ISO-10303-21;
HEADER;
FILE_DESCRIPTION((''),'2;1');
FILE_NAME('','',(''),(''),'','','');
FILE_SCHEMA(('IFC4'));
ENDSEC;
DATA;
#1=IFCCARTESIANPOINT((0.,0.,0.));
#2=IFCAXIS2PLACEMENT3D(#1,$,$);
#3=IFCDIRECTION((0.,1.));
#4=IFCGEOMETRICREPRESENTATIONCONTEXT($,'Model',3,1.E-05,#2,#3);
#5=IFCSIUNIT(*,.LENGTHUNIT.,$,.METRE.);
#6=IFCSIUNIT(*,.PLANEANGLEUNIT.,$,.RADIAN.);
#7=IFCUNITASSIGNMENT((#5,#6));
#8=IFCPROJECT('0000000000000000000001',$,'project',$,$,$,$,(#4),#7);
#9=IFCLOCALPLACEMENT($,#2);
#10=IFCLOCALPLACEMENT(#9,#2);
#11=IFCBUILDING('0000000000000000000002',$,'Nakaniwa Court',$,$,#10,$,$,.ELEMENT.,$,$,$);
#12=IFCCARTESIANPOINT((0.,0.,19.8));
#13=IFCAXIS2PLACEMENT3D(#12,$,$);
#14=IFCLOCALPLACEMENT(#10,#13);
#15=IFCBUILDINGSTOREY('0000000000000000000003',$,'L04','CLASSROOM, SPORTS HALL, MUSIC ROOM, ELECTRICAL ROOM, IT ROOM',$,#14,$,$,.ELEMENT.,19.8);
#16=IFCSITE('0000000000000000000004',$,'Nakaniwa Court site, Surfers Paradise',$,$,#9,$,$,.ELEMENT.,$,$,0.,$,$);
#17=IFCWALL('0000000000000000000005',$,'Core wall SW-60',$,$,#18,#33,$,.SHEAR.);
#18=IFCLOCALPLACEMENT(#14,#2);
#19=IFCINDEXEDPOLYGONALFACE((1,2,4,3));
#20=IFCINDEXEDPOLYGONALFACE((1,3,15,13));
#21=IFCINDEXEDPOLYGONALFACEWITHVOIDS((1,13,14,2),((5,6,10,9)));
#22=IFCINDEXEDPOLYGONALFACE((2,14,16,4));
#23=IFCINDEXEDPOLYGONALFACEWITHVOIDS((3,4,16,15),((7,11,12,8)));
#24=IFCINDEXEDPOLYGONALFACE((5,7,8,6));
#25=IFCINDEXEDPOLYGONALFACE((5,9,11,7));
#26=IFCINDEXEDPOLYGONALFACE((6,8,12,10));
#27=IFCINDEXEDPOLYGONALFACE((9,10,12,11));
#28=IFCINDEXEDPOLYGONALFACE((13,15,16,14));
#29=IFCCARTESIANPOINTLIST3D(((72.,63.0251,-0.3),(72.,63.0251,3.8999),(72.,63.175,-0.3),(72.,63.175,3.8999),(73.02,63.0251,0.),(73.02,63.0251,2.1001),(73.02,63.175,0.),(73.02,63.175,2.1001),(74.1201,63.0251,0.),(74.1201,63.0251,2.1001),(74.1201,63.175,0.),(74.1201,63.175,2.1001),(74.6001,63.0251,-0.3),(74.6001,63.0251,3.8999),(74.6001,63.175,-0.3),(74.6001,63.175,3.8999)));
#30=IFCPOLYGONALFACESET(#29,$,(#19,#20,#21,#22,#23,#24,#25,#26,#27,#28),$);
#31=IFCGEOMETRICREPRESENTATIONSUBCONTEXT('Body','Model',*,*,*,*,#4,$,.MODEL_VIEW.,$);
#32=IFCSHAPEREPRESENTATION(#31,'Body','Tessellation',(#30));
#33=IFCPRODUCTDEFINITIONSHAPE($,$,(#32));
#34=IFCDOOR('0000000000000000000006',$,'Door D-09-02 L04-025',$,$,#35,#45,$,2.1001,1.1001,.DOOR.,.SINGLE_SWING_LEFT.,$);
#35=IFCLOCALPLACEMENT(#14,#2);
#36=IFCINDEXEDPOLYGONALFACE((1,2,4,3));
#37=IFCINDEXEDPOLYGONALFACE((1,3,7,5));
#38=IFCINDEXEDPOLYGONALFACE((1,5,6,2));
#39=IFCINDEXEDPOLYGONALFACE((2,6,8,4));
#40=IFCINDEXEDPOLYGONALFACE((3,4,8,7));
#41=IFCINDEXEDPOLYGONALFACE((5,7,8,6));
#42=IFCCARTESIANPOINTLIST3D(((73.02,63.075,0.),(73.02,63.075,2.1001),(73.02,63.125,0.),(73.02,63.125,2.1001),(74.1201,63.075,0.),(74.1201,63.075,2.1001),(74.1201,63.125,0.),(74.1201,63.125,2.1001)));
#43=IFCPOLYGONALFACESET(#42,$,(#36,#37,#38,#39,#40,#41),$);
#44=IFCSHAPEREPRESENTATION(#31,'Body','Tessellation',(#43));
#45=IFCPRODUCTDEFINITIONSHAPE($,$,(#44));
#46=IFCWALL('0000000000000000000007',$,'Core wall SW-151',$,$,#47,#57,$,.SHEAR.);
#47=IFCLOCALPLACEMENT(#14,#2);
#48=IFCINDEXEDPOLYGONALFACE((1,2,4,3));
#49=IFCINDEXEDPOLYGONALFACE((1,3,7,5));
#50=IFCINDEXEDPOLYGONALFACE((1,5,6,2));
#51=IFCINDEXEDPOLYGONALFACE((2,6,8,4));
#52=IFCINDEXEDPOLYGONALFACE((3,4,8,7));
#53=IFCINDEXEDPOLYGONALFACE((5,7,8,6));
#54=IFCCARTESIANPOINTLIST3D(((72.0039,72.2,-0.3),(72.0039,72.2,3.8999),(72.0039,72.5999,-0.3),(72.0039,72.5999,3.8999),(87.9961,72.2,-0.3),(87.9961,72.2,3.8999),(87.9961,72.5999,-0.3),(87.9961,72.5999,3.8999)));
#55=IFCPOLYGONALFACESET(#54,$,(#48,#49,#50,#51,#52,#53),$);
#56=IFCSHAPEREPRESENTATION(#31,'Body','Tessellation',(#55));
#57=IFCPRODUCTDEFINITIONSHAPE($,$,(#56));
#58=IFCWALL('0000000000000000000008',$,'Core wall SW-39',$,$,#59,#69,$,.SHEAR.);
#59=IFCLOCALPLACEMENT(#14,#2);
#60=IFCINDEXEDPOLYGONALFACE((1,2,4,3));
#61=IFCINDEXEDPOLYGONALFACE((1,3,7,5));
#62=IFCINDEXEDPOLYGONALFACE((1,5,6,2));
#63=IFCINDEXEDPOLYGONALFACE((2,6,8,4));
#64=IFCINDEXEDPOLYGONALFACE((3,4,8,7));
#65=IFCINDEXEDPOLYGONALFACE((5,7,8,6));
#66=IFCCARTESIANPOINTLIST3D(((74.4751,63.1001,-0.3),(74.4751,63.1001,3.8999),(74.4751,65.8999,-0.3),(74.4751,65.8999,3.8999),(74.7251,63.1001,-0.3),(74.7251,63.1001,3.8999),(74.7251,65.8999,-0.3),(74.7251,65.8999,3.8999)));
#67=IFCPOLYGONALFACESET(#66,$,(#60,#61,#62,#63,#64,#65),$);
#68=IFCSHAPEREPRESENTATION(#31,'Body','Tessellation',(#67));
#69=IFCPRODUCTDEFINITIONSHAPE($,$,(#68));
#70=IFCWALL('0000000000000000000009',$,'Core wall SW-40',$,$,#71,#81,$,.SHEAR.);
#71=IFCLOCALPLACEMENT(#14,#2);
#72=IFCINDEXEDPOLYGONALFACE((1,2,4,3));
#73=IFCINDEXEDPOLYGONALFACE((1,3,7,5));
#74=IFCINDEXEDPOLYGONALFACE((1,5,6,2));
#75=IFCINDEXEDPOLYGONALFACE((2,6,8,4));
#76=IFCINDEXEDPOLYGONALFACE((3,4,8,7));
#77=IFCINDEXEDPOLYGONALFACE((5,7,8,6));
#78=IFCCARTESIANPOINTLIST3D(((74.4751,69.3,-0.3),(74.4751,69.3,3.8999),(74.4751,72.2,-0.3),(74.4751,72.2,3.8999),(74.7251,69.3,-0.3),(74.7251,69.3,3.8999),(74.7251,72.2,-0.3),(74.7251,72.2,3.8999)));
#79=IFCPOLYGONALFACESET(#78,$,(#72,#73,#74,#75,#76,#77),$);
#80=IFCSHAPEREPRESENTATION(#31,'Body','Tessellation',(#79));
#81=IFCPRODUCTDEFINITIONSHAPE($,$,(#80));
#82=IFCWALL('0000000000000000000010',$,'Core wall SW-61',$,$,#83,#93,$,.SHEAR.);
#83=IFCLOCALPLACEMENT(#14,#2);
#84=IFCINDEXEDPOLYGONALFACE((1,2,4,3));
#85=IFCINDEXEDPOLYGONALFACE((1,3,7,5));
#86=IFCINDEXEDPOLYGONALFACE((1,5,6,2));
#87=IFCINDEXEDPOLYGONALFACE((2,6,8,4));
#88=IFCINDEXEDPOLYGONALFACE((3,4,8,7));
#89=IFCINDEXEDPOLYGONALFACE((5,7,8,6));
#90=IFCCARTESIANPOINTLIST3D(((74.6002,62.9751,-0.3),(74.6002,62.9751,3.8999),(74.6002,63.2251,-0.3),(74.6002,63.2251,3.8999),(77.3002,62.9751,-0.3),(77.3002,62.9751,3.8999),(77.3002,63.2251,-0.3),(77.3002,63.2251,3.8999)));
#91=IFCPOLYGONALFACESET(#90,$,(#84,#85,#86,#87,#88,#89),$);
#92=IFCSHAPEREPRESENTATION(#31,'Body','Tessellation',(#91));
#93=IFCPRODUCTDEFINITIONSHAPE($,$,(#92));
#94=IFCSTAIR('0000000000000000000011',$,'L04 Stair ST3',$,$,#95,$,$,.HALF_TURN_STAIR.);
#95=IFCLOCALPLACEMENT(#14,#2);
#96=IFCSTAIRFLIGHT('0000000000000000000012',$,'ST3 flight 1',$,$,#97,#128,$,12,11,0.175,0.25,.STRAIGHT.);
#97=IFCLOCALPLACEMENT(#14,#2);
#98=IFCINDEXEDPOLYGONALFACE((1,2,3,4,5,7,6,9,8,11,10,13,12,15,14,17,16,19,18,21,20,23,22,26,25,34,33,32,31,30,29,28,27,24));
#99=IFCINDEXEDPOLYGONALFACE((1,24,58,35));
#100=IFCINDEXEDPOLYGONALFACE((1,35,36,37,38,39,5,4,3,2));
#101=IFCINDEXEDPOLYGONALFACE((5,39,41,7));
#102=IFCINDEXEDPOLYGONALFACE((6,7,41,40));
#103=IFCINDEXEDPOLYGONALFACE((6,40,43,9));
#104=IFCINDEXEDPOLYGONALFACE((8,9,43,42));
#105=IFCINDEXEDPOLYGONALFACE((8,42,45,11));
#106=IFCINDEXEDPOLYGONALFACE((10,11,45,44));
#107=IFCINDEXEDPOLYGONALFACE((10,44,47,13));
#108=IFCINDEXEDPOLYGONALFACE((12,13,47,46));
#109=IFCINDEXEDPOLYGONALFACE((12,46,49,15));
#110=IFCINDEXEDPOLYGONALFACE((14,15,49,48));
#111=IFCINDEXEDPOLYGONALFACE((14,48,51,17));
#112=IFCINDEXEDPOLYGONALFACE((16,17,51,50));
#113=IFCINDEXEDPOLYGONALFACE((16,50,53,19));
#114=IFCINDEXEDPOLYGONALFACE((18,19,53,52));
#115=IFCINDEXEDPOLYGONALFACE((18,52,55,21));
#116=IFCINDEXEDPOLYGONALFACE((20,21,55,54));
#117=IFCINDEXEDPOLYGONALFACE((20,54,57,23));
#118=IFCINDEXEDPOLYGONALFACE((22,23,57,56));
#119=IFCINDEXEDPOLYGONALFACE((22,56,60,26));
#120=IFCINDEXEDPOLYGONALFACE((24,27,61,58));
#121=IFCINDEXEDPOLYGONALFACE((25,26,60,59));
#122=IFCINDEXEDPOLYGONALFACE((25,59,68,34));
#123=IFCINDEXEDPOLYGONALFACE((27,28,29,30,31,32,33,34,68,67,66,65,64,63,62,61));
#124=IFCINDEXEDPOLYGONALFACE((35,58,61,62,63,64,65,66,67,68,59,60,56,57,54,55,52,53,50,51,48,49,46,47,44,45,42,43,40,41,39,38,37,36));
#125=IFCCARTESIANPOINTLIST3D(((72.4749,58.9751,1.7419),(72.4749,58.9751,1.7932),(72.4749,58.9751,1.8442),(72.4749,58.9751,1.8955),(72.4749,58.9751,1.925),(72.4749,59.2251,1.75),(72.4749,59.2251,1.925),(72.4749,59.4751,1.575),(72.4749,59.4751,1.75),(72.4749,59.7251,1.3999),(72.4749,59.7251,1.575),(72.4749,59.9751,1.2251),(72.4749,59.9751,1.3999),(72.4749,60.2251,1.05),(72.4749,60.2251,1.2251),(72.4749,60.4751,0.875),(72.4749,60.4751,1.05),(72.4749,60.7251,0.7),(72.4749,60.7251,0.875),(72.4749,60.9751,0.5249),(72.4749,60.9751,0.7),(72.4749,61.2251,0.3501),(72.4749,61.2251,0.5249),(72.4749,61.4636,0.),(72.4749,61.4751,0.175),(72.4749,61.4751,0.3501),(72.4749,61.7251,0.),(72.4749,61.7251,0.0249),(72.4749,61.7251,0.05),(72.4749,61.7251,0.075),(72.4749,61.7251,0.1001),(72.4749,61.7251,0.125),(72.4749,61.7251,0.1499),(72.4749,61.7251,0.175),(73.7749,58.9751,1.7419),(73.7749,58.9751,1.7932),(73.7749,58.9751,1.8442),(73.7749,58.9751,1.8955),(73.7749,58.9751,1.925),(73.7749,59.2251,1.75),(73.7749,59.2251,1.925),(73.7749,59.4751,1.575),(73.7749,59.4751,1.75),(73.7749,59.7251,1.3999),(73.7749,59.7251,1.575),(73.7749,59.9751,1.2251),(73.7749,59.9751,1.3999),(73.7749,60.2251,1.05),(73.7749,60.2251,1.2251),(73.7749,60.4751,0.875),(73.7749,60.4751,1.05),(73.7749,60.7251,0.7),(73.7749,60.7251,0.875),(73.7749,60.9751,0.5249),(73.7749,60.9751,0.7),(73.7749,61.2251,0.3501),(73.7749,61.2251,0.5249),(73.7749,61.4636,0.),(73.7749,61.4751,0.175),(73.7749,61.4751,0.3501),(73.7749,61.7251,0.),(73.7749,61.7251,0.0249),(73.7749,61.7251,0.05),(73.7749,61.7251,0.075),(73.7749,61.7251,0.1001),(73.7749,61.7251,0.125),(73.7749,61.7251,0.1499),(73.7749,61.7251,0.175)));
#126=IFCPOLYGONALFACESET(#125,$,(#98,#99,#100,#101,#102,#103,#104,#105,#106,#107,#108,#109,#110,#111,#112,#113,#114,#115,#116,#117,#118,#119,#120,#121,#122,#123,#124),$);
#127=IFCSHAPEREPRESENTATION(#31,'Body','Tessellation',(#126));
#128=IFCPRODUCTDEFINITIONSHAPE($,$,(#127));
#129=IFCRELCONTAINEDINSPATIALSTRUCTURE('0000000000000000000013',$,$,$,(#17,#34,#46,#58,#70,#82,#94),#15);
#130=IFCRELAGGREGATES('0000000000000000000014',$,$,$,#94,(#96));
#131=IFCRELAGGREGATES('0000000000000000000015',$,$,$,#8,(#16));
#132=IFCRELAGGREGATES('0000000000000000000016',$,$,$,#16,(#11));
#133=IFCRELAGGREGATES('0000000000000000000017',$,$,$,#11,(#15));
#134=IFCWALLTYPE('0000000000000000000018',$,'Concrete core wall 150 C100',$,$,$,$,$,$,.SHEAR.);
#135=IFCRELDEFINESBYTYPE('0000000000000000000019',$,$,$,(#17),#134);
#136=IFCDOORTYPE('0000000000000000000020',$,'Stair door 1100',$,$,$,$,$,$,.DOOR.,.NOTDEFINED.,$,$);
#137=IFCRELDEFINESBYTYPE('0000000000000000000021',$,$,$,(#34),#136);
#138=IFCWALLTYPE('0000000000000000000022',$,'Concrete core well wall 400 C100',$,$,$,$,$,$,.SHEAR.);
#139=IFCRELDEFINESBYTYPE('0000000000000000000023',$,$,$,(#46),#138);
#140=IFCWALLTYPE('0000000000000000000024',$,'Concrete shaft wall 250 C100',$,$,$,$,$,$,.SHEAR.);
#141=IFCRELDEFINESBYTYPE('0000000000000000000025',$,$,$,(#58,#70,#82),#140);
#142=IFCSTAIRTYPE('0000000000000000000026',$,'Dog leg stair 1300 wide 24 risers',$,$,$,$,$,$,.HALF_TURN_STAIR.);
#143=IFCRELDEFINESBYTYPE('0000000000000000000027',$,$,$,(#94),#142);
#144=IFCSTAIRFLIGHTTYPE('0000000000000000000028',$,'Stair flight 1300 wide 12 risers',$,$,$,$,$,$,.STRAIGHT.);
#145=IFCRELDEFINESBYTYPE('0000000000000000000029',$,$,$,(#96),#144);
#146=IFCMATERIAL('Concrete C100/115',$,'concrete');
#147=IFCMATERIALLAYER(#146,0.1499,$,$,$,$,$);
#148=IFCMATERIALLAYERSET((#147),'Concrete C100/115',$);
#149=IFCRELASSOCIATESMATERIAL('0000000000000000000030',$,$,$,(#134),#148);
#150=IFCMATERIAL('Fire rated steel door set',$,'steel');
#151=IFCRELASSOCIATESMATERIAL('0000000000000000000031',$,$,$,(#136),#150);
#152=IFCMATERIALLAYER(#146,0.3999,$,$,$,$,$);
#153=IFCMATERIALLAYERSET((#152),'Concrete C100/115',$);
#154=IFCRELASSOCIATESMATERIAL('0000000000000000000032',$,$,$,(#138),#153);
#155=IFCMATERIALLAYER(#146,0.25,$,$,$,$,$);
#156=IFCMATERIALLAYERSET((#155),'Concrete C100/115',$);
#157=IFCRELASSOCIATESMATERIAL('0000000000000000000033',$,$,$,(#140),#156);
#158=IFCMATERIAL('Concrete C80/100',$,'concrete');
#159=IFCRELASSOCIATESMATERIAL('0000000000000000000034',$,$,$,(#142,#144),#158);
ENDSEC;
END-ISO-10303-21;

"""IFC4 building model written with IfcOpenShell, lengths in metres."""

from ifc_helpers import new_model, si_unit, direction, frame, frame_2d, origin, place, context, subcontext, project, spatial, polyline, rectangle, outline, extrude, material, layer, layer_set, type_object, element, fill, aggregate, save


model = new_model("IFC4")

# Units and contexts
model_context = context("Model", 3, precision=1e-05, world=origin(), true_north=direction((0.0, 1.0)))
body_context = subcontext(model_context, "Body", "Model", "MODEL_VIEW")
ifc_project = project(units=[si_unit("LENGTHUNIT", "METRE"), si_unit("PLANEANGLEUNIT", "RADIAN")], contexts=[model_context])

# Site, building, storey
site_placement = place(None, origin())
site = spatial("IfcSite", under=ifc_project, at=site_placement, Name="Nakaniwa Court site, Surfers Paradise", CompositionType="ELEMENT", RefElevation=0.0)
building_placement = place(site_placement, origin())
building = spatial("IfcBuilding", under=site, at=building_placement, Name="Nakaniwa Court", CompositionType="ELEMENT")
storey_placement = place(building_placement, frame((0.0, 0.0, 19.8)))
storey = spatial("IfcBuildingStorey", under=building, at=storey_placement, Name="L04", Description="CLASSROOM, SPORTS HALL, MUSIC ROOM, ELECTRICAL ROOM, IT ROOM", CompositionType="ELEMENT", Elevation=19.8)

# Shared definitions
ifc_material_1 = material(Name="Concrete C100/115", Category="concrete")

# Shared definitions
ifc_material_2 = material(Name="Fire rated steel door set", Category="steel")

# Wall, opening, door
ifc_layer_1 = layer(ifc_material_1, 0.1499)
ifc_layer_set_1 = layer_set([ifc_layer_1], Name="Concrete C100/115")
wall_type_1 = type_object("IfcWallType", Name="Concrete core wall 150 C100", PredefinedType="SHEAR", material=ifc_layer_set_1)
wall_1_placement = place(storey_placement, frame((72.0, 63.1001, -0.3), z_axis=(0.0, 0.0, 1.0), x_axis=(1.0, 0.0, 0.0)))
wall_1 = element("IfcWall", 1, at=wall_1_placement, inside=storey, type_object=wall_type_1, Name="Core wall SW-60", PredefinedType="SHEAR", context=body_context, shape_type="SweptSolid", body=[
    extrude(rectangle(XDim=2.6001, YDim=0.1499, at=frame_2d((1.3, 0.0))), origin(), (0.0, 0.0, 1.0), 4.2),
])
opening_1_placement = place(wall_1_placement, frame((1.02, 0.0, 0.3)))
opening_1 = element("IfcOpeningElement", 2, at=opening_1_placement, cuts=wall_1, PredefinedType="OPENING", context=body_context, shape_type="SweptSolid", body=[
    extrude(rectangle(XDim=1.1001, YDim=2.1001, at=frame_2d((0.55, 1.05))), frame((0.0, 0.085, 0.0), z_axis=(0.0, -1.0, 0.0), x_axis=(1.0, 0.0, 0.0)), (0.0, 0.0, 1.0), 0.1699),
])
door_type_1 = type_object("IfcDoorType", Name="Stair door 1100", OperationType="NOTDEFINED", PredefinedType="DOOR", material=ifc_material_2)
door_1_placement = place(opening_1_placement, origin())
door_1 = element("IfcDoor", 3, at=door_1_placement, inside=storey, type_object=door_type_1, Name="Door D-09-02 L04-025", OperationType="SINGLE_SWING_LEFT", OverallHeight=2.1001, OverallWidth=1.1001, PredefinedType="DOOR", context=body_context, shape_type="SweptSolid", body=[
    extrude(rectangle(XDim=1.1001, YDim=2.1001, at=frame_2d((0.55, 1.05))), frame((0.0, 0.0249, 0.0), z_axis=(0.0, -1.0, 0.0), x_axis=(1.0, 0.0, 0.0)), (0.0, 0.0, 1.0), 0.05),
])
fill(opening_1, door_1)

# Walls
ifc_layer_2 = layer(ifc_material_1, 0.3999)
ifc_layer_set_2 = layer_set([ifc_layer_2], Name="Concrete C100/115")
wall_type_2 = type_object("IfcWallType", Name="Concrete core well wall 400 C100", PredefinedType="SHEAR", material=ifc_layer_set_2)
wall_2_placement = place(storey_placement, frame((72.0039, 72.3999, -0.3), z_axis=(0.0, 0.0, 1.0), x_axis=(1.0, 0.0, 0.0)))
element("IfcWall", 4, at=wall_2_placement, inside=storey, type_object=wall_type_2, Name="Core wall SW-151", PredefinedType="SHEAR", context=body_context, shape_type="SweptSolid", body=[
    extrude(rectangle(XDim=15.9922, YDim=0.3999, at=frame_2d((7.9961, 0.0))), origin(), (0.0, 0.0, 1.0), 4.2),
])
ifc_layer_3 = layer(ifc_material_1, 0.25)
ifc_layer_set_3 = layer_set([ifc_layer_3], Name="Concrete C100/115")
wall_type_3 = type_object("IfcWallType", Name="Concrete shaft wall 250 C100", PredefinedType="SHEAR", material=ifc_layer_set_3)
wall_3_placement = place(storey_placement, frame((74.6001, 63.1001, -0.3), z_axis=(0.0, 0.0, 1.0), x_axis=(0.0, 1.0, 0.0)))
element("IfcWall", 5, at=wall_3_placement, inside=storey, type_object=wall_type_3, Name="Core wall SW-39", PredefinedType="SHEAR", context=body_context, shape_type="SweptSolid", body=[
    extrude(rectangle(XDim=2.7998, YDim=0.25, at=frame_2d((1.3999, 0.0))), origin(), (0.0, 0.0, 1.0), 4.2),
])
wall_4_placement = place(storey_placement, frame((74.6001, 69.3, -0.3), z_axis=(0.0, 0.0, 1.0), x_axis=(0.0, 1.0, 0.0)))
element("IfcWall", 6, at=wall_4_placement, inside=storey, type_object=wall_type_3, Name="Core wall SW-40", PredefinedType="SHEAR", context=body_context, shape_type="SweptSolid", body=[
    extrude(rectangle(XDim=2.8999, YDim=0.25, at=frame_2d((1.45, 0.0))), origin(), (0.0, 0.0, 1.0), 4.2),
])
wall_5_placement = place(storey_placement, frame((74.6001, 63.1001, -0.3), z_axis=(0.0, 0.0, 1.0), x_axis=(1.0, 0.0, 0.0)))
element("IfcWall", 7, at=wall_5_placement, inside=storey, type_object=wall_type_3, Name="Core wall SW-61", PredefinedType="SHEAR", context=body_context, shape_type="SweptSolid", body=[
    extrude(rectangle(XDim=2.7, YDim=0.25, at=frame_2d((1.3501, 0.0))), origin(), (0.0, 0.0, 1.0), 4.2),
])

# Stair, stair flight
ifc_material_3 = material(Name="Concrete C80/100", Category="concrete")
stair_type = type_object("IfcStairType", Name="Dog leg stair 1300 wide 24 risers", PredefinedType="HALF_TURN_STAIR", material=ifc_material_3)
stair_placement = place(storey_placement, origin())
stair = element("IfcStair", 8, at=stair_placement, inside=storey, type_object=stair_type, Name="L04 Stair ST3", PredefinedType="HALF_TURN_STAIR")
stair_flight_type = type_object("IfcStairFlightType", Name="Stair flight 1300 wide 12 risers", PredefinedType="STRAIGHT", material=ifc_material_3)
stair_flight_placement = place(storey_placement, frame((73.125, 61.7251, 0.0), z_axis=(0.0, 0.0, 1.0), x_axis=(0.0, -1.0, 0.0)))
stair_flight = element("IfcStairFlight", 9, at=stair_flight_placement, type_object=stair_flight_type, Name="ST3 flight 1", NumberOfRisers=12, NumberOfTreads=11, PredefinedType="STRAIGHT", RiserHeight=0.175, TreadLength=0.25, context=body_context, shape_type="SweptSolid", body=[
    extrude(outline(polyline([(0.0, 0.0), (0.0, 0.0249), (0.0, 0.05), (0.0, 0.075), (0.0, 0.1001), (0.0, 0.125), (0.0, 0.1499), (0.0, 0.175), (0.25, 0.175), (0.25, 0.3501), (0.5, 0.3501), (0.5, 0.5249), (0.75, 0.5249), (0.75, 0.7), (1.0, 0.7), (1.0, 0.875), (1.25, 0.875), (1.25, 1.05), (1.5, 1.05), (1.5, 1.2251), (1.75, 1.2251), (1.75, 1.3999), (2.0, 1.3999), (2.0, 1.575), (2.25, 1.575), (2.25, 1.75), (2.5, 1.75), (2.5, 1.925), (2.75, 1.925), (2.75, 2.1001), (2.75, 2.0488), (2.75, 1.9978), (2.75, 1.9465), (2.75, 1.8955), (2.75, 1.8442), (2.75, 1.7932), (2.75, 1.7419), (0.2615, 0.0), (0.0, 0.0)])), frame((0.0, 0.6499, 0.0), z_axis=(0.0, -1.0, 0.0), x_axis=(1.0, 0.0, 0.0)), (0.0, 0.0, 1.0), 1.3),
])
aggregate(stair, [stair_flight])

save(model, "model.ifc")
